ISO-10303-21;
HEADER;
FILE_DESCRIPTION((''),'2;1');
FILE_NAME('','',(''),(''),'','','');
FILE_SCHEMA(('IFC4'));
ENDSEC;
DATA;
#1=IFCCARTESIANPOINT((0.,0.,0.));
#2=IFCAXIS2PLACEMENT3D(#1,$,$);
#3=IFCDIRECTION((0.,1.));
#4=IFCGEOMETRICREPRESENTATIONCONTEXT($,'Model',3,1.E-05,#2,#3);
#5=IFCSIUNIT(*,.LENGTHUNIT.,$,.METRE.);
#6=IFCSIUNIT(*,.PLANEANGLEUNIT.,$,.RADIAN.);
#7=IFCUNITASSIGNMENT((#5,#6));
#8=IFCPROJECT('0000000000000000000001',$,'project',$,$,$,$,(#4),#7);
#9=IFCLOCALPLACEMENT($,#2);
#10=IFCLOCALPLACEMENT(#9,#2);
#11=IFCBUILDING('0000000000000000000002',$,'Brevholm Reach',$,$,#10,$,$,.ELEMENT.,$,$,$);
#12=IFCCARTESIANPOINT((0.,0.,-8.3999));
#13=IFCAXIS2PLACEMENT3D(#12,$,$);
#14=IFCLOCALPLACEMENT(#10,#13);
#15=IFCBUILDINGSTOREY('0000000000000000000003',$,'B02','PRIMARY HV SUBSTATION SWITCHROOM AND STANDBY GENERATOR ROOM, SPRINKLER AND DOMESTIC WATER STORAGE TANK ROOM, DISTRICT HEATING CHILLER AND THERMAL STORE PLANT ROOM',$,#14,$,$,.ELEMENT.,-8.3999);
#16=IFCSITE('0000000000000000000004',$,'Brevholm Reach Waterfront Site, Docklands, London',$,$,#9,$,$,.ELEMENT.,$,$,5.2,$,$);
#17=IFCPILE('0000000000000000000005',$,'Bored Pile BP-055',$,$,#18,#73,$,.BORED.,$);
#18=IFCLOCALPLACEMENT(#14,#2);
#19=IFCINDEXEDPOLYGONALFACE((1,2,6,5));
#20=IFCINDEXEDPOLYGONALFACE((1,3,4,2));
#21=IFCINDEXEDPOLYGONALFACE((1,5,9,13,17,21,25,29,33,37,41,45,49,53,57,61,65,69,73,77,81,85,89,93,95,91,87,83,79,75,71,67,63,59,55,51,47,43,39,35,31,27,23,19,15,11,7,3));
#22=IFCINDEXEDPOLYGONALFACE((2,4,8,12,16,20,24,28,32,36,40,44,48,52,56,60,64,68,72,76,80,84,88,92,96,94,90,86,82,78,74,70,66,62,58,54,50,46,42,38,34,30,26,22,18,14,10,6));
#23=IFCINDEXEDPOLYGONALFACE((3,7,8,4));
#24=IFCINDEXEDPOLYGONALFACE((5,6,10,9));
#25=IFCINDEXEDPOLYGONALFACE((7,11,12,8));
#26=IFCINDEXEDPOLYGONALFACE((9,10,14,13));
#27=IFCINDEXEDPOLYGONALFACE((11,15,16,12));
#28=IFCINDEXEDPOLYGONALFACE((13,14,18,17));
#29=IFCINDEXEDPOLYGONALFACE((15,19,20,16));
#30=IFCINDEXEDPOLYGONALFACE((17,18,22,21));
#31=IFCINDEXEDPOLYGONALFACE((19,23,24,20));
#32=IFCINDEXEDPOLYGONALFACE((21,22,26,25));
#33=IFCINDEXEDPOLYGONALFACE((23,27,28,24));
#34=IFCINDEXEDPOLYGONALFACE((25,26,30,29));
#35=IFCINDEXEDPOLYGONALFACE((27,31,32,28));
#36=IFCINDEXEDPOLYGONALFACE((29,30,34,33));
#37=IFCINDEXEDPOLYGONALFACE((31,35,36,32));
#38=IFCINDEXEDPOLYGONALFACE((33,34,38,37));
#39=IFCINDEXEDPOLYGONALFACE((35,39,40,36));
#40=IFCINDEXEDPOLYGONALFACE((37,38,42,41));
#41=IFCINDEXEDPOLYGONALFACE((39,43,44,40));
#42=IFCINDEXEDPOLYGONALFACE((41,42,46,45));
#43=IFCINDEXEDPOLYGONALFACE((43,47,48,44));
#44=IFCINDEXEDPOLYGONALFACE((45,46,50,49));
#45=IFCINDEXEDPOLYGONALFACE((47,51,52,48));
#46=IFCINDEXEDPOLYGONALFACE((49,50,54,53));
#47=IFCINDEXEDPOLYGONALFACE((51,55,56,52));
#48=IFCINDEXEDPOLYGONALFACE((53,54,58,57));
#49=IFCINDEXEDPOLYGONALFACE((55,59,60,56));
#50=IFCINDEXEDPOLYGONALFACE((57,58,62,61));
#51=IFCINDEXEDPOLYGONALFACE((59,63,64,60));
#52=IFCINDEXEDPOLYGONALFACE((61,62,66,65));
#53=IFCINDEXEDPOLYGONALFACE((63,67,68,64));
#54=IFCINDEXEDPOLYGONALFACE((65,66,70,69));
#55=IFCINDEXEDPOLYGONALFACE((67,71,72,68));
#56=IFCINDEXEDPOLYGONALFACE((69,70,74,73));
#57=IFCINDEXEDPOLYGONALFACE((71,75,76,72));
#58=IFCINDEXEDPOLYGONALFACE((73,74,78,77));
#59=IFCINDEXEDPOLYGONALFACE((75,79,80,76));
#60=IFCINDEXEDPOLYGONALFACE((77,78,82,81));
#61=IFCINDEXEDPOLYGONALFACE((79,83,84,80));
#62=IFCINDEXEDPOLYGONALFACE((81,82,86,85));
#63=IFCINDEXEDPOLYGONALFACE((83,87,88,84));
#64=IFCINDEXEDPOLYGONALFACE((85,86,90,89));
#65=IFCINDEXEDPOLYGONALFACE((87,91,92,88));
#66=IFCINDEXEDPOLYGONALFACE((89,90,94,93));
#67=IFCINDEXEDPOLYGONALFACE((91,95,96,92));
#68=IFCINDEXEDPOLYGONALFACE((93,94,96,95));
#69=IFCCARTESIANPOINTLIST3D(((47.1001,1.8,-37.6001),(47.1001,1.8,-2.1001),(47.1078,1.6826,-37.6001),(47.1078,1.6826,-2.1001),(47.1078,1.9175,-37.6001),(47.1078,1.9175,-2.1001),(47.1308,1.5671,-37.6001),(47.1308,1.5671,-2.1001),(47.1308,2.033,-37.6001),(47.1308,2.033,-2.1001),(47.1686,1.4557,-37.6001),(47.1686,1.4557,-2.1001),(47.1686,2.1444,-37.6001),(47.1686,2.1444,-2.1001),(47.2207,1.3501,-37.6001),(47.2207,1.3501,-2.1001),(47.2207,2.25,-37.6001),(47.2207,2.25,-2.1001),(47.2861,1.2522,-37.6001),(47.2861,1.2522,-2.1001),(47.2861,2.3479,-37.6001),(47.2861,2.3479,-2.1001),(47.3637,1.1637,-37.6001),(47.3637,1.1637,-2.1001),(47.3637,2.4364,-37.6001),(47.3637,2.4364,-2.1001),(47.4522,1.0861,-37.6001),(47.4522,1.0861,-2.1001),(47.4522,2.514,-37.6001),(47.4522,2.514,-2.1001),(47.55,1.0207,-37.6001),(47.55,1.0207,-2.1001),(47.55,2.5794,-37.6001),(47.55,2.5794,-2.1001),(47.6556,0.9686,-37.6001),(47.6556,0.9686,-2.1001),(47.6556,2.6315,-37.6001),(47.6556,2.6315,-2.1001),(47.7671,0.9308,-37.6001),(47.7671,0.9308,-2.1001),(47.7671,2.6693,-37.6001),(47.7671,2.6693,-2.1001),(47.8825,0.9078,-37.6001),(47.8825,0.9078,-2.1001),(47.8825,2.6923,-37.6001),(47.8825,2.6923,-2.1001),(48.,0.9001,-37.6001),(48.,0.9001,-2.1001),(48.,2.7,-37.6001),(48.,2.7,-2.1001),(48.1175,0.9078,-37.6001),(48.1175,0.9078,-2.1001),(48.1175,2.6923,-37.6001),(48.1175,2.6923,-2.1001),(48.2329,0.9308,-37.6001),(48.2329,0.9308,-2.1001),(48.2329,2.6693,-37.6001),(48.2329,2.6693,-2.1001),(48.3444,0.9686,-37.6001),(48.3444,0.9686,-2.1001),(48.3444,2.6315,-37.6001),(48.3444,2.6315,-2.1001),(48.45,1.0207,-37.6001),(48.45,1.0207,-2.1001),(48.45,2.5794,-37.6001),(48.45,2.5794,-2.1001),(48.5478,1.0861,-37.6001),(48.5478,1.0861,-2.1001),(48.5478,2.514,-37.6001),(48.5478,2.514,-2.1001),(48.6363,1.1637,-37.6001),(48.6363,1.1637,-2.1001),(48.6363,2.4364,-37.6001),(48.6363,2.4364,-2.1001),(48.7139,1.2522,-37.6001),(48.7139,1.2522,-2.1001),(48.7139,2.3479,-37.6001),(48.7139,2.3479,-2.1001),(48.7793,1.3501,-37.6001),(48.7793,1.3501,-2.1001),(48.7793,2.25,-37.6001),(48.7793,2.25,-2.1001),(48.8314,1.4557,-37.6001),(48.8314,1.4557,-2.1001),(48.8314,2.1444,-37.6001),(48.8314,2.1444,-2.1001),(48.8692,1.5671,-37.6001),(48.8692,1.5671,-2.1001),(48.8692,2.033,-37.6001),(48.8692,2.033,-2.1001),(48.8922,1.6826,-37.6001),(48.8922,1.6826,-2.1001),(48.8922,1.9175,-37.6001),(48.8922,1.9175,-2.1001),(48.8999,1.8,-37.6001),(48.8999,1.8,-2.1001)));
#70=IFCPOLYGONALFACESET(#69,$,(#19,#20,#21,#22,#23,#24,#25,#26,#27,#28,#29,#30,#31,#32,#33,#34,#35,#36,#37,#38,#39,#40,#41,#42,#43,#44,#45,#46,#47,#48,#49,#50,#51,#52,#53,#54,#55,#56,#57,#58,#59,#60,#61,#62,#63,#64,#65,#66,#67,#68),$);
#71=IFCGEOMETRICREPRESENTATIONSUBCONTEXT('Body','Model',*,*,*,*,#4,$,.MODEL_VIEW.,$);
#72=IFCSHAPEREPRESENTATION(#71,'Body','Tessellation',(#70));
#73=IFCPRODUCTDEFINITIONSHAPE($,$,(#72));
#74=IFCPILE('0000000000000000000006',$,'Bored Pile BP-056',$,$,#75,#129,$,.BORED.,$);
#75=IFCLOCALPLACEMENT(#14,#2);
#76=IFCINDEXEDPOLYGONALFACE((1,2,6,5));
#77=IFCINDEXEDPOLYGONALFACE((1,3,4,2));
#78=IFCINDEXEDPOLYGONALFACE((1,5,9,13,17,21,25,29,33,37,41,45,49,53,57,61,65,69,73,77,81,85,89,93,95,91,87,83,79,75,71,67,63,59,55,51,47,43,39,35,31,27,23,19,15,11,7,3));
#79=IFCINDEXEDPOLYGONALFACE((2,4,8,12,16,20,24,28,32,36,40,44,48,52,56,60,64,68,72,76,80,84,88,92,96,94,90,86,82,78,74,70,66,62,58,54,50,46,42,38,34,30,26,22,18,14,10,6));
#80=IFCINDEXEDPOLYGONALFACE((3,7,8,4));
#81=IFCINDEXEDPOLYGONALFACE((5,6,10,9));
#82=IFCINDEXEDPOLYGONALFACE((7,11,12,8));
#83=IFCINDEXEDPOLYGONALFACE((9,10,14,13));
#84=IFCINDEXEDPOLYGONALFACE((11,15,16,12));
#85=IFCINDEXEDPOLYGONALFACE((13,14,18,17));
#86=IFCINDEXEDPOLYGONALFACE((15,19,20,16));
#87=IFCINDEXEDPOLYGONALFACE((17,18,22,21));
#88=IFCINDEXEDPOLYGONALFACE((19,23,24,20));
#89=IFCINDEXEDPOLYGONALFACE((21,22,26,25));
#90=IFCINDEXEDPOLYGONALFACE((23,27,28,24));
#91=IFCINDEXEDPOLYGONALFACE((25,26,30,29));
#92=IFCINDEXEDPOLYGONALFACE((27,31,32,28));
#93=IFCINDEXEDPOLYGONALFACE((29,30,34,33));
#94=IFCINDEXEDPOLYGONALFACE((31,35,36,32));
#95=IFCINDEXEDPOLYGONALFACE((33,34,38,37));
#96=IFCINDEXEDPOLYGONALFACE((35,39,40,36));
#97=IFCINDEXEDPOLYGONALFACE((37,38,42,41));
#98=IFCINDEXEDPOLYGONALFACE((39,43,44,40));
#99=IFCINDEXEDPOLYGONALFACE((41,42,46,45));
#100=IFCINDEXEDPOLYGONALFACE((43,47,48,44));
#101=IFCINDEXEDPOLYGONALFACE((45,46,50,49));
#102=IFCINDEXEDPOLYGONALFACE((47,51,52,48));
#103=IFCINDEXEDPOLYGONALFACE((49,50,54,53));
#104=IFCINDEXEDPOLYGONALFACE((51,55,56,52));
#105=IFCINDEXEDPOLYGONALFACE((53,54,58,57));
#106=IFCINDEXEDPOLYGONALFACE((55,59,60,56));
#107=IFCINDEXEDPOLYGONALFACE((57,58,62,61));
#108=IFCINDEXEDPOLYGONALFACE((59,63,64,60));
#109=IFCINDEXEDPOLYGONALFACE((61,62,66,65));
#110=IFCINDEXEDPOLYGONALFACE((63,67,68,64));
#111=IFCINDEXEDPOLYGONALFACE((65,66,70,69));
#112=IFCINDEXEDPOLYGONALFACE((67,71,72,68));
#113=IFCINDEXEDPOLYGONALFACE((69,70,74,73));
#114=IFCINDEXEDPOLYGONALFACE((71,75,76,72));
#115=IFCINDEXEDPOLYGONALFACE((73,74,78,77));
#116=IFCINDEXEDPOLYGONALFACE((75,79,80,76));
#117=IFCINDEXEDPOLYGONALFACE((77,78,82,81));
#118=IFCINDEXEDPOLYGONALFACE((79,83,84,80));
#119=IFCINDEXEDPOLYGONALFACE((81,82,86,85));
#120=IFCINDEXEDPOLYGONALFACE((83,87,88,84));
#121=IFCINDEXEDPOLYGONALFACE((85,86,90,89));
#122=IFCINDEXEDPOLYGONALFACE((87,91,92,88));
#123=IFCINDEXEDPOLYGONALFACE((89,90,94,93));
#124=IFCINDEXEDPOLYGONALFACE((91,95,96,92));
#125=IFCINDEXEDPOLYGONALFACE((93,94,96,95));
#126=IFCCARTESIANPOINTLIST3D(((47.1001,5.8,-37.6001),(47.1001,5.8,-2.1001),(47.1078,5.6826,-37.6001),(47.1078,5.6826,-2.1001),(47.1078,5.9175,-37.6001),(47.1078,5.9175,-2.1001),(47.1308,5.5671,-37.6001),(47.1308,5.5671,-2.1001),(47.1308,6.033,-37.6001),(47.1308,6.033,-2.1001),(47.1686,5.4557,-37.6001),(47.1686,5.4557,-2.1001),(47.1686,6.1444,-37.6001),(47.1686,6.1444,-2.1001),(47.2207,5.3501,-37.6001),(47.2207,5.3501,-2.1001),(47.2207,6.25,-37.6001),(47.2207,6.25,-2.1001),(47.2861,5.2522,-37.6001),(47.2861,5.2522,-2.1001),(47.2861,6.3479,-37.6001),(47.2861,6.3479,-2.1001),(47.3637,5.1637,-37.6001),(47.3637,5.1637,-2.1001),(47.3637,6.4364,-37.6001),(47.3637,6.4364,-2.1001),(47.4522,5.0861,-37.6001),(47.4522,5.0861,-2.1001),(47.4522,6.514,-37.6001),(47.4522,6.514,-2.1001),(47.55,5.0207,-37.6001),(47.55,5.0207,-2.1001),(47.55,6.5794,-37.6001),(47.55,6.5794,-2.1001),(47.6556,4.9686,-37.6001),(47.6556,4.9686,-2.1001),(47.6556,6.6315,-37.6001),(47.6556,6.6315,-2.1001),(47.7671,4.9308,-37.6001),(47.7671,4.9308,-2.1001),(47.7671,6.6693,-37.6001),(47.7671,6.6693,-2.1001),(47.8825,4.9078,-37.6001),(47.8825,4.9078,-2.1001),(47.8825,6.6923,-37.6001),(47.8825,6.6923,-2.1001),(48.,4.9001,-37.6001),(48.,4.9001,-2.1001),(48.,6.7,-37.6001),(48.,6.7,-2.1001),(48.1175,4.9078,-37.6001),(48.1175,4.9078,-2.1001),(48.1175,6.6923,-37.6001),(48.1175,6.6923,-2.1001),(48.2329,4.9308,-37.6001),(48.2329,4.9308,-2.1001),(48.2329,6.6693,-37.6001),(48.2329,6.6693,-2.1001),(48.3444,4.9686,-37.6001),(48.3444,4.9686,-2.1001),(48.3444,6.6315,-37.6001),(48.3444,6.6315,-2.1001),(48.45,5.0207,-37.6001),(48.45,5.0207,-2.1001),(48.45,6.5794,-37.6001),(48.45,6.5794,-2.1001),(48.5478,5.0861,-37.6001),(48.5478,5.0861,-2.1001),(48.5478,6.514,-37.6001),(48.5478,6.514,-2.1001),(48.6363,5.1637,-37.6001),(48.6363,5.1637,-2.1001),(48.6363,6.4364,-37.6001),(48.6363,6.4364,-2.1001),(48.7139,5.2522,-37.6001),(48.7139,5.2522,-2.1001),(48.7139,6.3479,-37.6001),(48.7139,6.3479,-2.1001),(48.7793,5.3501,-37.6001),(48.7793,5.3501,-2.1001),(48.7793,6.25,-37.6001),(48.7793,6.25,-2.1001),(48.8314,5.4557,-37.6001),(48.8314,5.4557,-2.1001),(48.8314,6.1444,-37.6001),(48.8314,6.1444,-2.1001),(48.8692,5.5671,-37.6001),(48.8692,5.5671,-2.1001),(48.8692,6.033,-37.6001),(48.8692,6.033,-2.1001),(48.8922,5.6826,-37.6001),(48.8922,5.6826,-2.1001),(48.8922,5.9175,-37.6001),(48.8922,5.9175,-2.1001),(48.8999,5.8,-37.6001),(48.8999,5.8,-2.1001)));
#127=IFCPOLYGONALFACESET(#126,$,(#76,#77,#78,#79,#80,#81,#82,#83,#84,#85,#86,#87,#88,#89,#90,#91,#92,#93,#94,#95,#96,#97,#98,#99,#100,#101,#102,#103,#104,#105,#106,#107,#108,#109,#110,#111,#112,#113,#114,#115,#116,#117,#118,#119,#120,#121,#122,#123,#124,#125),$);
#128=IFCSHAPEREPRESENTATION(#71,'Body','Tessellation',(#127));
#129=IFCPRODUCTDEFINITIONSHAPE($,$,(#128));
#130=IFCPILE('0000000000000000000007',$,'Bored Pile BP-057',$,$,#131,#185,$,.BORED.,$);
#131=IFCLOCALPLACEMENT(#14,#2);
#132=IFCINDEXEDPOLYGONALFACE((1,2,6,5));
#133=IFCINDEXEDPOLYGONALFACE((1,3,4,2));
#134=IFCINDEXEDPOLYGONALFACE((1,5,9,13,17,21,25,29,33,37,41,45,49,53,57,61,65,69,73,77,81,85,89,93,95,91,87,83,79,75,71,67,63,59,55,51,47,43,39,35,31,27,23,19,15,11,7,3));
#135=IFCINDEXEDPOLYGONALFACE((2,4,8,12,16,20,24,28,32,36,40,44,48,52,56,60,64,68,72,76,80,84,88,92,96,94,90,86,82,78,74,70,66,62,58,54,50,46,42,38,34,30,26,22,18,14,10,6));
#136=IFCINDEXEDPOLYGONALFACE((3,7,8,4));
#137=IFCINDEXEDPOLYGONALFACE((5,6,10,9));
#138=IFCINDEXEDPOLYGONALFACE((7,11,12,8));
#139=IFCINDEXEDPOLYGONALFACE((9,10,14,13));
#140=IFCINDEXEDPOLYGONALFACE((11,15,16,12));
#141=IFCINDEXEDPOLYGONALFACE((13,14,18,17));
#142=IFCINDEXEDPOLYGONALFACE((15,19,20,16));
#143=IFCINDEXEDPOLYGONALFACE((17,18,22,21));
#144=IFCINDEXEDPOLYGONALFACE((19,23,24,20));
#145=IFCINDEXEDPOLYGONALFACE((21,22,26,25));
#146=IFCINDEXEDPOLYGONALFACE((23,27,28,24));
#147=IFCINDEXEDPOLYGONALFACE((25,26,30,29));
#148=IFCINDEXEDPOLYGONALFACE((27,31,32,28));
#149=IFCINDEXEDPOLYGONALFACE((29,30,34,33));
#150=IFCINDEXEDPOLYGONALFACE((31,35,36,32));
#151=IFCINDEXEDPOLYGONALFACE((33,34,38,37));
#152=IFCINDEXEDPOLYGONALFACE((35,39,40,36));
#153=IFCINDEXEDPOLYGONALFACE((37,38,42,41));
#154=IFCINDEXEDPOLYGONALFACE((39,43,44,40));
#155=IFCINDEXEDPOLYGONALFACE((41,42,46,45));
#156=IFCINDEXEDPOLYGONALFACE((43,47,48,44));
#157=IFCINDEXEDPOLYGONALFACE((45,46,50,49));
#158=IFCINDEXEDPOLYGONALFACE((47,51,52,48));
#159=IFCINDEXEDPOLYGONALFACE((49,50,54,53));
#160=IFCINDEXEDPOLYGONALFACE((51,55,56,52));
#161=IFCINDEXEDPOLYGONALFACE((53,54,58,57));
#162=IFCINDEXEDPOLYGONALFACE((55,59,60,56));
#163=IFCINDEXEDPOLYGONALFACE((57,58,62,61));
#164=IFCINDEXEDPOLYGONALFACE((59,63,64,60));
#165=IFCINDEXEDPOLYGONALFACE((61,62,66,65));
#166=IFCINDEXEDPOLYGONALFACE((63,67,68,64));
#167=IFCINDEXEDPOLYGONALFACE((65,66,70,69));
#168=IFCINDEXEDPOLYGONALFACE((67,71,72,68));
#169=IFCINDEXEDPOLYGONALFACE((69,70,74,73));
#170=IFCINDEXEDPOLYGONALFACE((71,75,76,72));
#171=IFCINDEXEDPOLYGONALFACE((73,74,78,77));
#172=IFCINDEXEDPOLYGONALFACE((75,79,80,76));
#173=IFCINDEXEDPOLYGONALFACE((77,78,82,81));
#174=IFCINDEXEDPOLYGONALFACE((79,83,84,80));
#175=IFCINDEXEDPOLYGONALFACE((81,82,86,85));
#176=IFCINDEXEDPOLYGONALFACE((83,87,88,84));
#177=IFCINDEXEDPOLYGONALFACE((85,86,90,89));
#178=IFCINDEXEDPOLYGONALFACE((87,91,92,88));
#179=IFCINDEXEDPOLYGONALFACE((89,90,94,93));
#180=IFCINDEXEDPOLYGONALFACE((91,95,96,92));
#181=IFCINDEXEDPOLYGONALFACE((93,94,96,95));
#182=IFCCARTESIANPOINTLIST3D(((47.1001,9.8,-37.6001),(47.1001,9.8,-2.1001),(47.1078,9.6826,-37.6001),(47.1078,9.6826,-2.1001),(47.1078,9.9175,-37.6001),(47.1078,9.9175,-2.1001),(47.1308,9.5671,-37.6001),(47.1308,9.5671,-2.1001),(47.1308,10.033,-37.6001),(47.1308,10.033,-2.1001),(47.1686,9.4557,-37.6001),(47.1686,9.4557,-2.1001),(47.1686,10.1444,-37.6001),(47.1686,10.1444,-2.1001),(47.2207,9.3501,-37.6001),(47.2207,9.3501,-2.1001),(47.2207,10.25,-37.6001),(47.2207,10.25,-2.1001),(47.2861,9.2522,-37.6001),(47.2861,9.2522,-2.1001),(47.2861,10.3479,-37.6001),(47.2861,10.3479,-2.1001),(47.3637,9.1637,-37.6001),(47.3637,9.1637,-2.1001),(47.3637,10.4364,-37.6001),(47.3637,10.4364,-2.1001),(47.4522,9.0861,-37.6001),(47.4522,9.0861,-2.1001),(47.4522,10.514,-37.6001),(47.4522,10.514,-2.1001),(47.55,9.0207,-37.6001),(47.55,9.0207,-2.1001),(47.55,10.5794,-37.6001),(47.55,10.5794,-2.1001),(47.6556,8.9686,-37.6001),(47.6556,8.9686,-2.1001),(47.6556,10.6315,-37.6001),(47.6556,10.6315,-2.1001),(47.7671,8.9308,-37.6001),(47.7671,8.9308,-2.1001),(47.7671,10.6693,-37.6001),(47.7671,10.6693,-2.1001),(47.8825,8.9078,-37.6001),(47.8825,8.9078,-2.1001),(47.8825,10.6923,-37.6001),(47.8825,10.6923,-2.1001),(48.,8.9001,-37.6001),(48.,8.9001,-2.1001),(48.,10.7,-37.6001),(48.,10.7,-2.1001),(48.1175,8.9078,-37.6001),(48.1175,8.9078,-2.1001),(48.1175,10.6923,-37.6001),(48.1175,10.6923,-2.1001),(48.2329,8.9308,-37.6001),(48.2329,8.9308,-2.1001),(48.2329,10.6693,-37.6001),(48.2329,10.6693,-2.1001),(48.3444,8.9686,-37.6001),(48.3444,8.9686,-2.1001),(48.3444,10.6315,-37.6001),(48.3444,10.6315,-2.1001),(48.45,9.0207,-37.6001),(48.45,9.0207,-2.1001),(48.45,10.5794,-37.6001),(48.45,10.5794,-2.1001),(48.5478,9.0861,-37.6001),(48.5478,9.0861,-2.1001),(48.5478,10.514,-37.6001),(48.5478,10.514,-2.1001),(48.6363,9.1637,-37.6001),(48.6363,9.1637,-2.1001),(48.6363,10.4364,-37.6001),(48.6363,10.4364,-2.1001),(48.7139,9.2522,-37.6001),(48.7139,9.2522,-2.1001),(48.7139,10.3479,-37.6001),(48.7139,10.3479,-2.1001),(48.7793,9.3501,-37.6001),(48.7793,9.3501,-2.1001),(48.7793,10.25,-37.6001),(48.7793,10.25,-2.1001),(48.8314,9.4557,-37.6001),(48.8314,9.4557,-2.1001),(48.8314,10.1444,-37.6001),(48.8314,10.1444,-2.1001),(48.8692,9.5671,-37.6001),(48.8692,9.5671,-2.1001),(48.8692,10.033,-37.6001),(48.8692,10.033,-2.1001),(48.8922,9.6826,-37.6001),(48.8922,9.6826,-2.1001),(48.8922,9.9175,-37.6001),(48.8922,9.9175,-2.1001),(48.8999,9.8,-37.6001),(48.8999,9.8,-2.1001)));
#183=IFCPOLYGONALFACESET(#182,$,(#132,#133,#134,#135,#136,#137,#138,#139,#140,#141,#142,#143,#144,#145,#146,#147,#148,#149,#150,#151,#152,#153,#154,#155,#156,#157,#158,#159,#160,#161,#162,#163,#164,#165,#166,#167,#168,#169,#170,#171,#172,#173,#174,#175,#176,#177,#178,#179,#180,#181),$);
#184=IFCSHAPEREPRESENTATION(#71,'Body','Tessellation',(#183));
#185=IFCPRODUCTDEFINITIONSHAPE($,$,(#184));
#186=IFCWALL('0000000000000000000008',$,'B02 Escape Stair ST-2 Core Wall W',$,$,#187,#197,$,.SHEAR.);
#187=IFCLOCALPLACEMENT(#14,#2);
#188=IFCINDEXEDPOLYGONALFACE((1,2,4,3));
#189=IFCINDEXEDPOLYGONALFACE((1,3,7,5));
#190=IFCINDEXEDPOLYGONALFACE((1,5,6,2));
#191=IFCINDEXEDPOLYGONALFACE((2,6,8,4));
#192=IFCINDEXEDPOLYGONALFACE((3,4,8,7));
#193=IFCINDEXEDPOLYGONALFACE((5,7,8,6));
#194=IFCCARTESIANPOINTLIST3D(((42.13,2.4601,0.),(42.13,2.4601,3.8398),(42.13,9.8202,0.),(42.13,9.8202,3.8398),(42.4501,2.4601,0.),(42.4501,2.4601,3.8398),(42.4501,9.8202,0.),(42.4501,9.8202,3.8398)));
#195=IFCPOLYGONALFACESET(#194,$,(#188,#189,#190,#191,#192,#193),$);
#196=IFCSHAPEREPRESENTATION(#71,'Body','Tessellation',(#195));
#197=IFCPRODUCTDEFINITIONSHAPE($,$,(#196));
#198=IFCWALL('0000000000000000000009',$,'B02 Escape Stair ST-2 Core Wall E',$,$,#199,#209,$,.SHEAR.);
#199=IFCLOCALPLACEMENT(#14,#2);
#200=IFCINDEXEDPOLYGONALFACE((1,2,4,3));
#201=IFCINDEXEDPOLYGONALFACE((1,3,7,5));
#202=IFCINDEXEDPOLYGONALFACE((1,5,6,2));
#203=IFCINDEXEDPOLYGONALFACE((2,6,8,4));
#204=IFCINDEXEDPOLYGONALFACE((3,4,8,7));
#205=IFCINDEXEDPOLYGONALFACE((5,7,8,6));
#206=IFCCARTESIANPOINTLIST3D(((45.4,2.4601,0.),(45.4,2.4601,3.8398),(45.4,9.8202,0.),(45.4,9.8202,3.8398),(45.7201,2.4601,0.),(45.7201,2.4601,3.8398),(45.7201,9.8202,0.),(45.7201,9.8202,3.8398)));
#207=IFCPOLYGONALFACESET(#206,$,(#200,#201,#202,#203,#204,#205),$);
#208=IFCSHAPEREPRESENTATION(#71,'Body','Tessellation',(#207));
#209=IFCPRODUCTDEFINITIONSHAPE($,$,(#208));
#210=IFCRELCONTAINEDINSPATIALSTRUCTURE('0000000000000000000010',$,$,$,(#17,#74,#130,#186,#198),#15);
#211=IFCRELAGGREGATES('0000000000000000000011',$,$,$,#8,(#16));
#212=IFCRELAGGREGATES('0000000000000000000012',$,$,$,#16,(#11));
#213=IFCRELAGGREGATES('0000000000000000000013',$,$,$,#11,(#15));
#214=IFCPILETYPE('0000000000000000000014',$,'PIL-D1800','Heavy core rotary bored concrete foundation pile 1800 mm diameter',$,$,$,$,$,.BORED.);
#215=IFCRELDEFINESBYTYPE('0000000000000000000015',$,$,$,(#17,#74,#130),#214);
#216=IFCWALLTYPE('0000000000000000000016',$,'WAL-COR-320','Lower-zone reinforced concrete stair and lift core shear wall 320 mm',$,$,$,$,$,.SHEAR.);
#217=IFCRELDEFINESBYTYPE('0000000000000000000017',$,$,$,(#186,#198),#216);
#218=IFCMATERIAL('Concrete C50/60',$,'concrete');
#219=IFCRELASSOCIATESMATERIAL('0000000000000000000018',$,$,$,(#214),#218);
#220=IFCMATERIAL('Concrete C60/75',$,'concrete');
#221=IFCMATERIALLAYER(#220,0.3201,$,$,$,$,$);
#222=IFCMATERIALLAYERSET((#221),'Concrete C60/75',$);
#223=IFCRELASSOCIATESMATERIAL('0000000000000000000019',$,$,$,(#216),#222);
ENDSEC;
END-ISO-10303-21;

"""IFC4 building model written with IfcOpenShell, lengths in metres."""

from ifc_helpers import new_model, si_unit, direction, frame, frame_2d, origin, origin_2d, place, context, subcontext, project, spatial, rectangle, circle, extrude, material, layer, layer_set, material_profile, profile_set, type_object, element, save


model = new_model("IFC4")

# Units and contexts
model_context = context("Model", 3, precision=1e-05, world=origin(), true_north=direction((0.0, 1.0)))
body_context = subcontext(model_context, "Body", "Model", "MODEL_VIEW")
ifc_project = project(units=[si_unit("LENGTHUNIT", "METRE"), si_unit("PLANEANGLEUNIT", "RADIAN")], contexts=[model_context])

# Site, building, storey
site_placement = place(None, origin())
site = spatial("IfcSite", under=ifc_project, at=site_placement, Name="Brevholm Reach Waterfront Site, Docklands, London", CompositionType="ELEMENT", RefElevation=5.2)
building_placement = place(site_placement, origin())
building = spatial("IfcBuilding", under=site, at=building_placement, Name="Brevholm Reach", CompositionType="ELEMENT")
storey_placement = place(building_placement, frame((0.0, 0.0, -8.3999)))
storey = spatial("IfcBuildingStorey", under=building, at=storey_placement, Name="B02", Description="PRIMARY HV SUBSTATION SWITCHROOM AND STANDBY GENERATOR ROOM, SPRINKLER AND DOMESTIC WATER STORAGE TANK ROOM, DISTRICT HEATING CHILLER AND THERMAL STORE PLANT ROOM", CompositionType="ELEMENT", Elevation=-8.3999)

# Piles
ifc_material_1 = material(Name="Concrete C50/60", Category="concrete")
ifc_material_profile = material_profile(ifc_material_1, circle(Radius=0.8999, at=origin_2d()), Name="PILE D1800")
ifc_profile_set = profile_set([ifc_material_profile], Name="Concrete C50/60")
pile_type = type_object("IfcPileType", Name="PIL-D1800", Description="Heavy core rotary bored concrete foundation pile 1800 mm diameter", PredefinedType="BORED", material=ifc_profile_set)
for number, where, z_axis, x_axis, name in (
    (1, (48.0, 1.8, -2.1001), (0.0, 0.0, -1.0), (1.0, 0.0, 0.0), "Bored Pile BP-055"),
    (2, (48.0, 5.8, -2.1001), (0.0, 0.0, -1.0), (1.0, 0.0, 0.0), "Bored Pile BP-056"),
    (3, (48.0, 9.8, -2.1001), (0.0, 0.0, -1.0), (1.0, 0.0, 0.0), "Bored Pile BP-057"),
):
    element("IfcPile", number, at=place(storey_placement, frame(where, z_axis=z_axis, x_axis=x_axis)), inside=storey, type_object=pile_type, Name=name, PredefinedType="BORED", context=body_context, shape_type="SweptSolid", body=[
        extrude(circle(Radius=0.8999, at=origin_2d()), origin(), (0.0, 0.0, 1.0), 35.5),
    ])

# Walls
ifc_material_2 = material(Name="Concrete C60/75", Category="concrete")
ifc_layer_1 = layer(ifc_material_2, 0.3201)
ifc_layer_set_1 = layer_set([ifc_layer_1], Name="Concrete C60/75")
wall_type = type_object("IfcWallType", Name="WAL-COR-320", Description="Lower-zone reinforced concrete stair and lift core shear wall 320 mm", PredefinedType="SHEAR", material=ifc_layer_set_1)
for number, where, z_axis, x_axis, name in (
    (4, (42.29, 2.46, 0.0), (0.0, 0.0, 1.0), (0.0, 1.0, 0.0), "B02 Escape Stair ST-2 Core Wall W"),
    (5, (45.5601, 2.46, 0.0), (0.0, 0.0, 1.0), (0.0, 1.0, 0.0), "B02 Escape Stair ST-2 Core Wall E"),
):
    element("IfcWall", number, at=place(storey_placement, frame(where, z_axis=z_axis, x_axis=x_axis)), inside=storey, type_object=wall_type, Name=name, PredefinedType="SHEAR", context=body_context, shape_type="SweptSolid", body=[
        extrude(rectangle(XDim=7.3601, YDim=0.3201, at=frame_2d((3.6802, 0.0))), origin(), (0.0, 0.0, 1.0), 3.8398),
    ])

save(model, "model.ifc")
